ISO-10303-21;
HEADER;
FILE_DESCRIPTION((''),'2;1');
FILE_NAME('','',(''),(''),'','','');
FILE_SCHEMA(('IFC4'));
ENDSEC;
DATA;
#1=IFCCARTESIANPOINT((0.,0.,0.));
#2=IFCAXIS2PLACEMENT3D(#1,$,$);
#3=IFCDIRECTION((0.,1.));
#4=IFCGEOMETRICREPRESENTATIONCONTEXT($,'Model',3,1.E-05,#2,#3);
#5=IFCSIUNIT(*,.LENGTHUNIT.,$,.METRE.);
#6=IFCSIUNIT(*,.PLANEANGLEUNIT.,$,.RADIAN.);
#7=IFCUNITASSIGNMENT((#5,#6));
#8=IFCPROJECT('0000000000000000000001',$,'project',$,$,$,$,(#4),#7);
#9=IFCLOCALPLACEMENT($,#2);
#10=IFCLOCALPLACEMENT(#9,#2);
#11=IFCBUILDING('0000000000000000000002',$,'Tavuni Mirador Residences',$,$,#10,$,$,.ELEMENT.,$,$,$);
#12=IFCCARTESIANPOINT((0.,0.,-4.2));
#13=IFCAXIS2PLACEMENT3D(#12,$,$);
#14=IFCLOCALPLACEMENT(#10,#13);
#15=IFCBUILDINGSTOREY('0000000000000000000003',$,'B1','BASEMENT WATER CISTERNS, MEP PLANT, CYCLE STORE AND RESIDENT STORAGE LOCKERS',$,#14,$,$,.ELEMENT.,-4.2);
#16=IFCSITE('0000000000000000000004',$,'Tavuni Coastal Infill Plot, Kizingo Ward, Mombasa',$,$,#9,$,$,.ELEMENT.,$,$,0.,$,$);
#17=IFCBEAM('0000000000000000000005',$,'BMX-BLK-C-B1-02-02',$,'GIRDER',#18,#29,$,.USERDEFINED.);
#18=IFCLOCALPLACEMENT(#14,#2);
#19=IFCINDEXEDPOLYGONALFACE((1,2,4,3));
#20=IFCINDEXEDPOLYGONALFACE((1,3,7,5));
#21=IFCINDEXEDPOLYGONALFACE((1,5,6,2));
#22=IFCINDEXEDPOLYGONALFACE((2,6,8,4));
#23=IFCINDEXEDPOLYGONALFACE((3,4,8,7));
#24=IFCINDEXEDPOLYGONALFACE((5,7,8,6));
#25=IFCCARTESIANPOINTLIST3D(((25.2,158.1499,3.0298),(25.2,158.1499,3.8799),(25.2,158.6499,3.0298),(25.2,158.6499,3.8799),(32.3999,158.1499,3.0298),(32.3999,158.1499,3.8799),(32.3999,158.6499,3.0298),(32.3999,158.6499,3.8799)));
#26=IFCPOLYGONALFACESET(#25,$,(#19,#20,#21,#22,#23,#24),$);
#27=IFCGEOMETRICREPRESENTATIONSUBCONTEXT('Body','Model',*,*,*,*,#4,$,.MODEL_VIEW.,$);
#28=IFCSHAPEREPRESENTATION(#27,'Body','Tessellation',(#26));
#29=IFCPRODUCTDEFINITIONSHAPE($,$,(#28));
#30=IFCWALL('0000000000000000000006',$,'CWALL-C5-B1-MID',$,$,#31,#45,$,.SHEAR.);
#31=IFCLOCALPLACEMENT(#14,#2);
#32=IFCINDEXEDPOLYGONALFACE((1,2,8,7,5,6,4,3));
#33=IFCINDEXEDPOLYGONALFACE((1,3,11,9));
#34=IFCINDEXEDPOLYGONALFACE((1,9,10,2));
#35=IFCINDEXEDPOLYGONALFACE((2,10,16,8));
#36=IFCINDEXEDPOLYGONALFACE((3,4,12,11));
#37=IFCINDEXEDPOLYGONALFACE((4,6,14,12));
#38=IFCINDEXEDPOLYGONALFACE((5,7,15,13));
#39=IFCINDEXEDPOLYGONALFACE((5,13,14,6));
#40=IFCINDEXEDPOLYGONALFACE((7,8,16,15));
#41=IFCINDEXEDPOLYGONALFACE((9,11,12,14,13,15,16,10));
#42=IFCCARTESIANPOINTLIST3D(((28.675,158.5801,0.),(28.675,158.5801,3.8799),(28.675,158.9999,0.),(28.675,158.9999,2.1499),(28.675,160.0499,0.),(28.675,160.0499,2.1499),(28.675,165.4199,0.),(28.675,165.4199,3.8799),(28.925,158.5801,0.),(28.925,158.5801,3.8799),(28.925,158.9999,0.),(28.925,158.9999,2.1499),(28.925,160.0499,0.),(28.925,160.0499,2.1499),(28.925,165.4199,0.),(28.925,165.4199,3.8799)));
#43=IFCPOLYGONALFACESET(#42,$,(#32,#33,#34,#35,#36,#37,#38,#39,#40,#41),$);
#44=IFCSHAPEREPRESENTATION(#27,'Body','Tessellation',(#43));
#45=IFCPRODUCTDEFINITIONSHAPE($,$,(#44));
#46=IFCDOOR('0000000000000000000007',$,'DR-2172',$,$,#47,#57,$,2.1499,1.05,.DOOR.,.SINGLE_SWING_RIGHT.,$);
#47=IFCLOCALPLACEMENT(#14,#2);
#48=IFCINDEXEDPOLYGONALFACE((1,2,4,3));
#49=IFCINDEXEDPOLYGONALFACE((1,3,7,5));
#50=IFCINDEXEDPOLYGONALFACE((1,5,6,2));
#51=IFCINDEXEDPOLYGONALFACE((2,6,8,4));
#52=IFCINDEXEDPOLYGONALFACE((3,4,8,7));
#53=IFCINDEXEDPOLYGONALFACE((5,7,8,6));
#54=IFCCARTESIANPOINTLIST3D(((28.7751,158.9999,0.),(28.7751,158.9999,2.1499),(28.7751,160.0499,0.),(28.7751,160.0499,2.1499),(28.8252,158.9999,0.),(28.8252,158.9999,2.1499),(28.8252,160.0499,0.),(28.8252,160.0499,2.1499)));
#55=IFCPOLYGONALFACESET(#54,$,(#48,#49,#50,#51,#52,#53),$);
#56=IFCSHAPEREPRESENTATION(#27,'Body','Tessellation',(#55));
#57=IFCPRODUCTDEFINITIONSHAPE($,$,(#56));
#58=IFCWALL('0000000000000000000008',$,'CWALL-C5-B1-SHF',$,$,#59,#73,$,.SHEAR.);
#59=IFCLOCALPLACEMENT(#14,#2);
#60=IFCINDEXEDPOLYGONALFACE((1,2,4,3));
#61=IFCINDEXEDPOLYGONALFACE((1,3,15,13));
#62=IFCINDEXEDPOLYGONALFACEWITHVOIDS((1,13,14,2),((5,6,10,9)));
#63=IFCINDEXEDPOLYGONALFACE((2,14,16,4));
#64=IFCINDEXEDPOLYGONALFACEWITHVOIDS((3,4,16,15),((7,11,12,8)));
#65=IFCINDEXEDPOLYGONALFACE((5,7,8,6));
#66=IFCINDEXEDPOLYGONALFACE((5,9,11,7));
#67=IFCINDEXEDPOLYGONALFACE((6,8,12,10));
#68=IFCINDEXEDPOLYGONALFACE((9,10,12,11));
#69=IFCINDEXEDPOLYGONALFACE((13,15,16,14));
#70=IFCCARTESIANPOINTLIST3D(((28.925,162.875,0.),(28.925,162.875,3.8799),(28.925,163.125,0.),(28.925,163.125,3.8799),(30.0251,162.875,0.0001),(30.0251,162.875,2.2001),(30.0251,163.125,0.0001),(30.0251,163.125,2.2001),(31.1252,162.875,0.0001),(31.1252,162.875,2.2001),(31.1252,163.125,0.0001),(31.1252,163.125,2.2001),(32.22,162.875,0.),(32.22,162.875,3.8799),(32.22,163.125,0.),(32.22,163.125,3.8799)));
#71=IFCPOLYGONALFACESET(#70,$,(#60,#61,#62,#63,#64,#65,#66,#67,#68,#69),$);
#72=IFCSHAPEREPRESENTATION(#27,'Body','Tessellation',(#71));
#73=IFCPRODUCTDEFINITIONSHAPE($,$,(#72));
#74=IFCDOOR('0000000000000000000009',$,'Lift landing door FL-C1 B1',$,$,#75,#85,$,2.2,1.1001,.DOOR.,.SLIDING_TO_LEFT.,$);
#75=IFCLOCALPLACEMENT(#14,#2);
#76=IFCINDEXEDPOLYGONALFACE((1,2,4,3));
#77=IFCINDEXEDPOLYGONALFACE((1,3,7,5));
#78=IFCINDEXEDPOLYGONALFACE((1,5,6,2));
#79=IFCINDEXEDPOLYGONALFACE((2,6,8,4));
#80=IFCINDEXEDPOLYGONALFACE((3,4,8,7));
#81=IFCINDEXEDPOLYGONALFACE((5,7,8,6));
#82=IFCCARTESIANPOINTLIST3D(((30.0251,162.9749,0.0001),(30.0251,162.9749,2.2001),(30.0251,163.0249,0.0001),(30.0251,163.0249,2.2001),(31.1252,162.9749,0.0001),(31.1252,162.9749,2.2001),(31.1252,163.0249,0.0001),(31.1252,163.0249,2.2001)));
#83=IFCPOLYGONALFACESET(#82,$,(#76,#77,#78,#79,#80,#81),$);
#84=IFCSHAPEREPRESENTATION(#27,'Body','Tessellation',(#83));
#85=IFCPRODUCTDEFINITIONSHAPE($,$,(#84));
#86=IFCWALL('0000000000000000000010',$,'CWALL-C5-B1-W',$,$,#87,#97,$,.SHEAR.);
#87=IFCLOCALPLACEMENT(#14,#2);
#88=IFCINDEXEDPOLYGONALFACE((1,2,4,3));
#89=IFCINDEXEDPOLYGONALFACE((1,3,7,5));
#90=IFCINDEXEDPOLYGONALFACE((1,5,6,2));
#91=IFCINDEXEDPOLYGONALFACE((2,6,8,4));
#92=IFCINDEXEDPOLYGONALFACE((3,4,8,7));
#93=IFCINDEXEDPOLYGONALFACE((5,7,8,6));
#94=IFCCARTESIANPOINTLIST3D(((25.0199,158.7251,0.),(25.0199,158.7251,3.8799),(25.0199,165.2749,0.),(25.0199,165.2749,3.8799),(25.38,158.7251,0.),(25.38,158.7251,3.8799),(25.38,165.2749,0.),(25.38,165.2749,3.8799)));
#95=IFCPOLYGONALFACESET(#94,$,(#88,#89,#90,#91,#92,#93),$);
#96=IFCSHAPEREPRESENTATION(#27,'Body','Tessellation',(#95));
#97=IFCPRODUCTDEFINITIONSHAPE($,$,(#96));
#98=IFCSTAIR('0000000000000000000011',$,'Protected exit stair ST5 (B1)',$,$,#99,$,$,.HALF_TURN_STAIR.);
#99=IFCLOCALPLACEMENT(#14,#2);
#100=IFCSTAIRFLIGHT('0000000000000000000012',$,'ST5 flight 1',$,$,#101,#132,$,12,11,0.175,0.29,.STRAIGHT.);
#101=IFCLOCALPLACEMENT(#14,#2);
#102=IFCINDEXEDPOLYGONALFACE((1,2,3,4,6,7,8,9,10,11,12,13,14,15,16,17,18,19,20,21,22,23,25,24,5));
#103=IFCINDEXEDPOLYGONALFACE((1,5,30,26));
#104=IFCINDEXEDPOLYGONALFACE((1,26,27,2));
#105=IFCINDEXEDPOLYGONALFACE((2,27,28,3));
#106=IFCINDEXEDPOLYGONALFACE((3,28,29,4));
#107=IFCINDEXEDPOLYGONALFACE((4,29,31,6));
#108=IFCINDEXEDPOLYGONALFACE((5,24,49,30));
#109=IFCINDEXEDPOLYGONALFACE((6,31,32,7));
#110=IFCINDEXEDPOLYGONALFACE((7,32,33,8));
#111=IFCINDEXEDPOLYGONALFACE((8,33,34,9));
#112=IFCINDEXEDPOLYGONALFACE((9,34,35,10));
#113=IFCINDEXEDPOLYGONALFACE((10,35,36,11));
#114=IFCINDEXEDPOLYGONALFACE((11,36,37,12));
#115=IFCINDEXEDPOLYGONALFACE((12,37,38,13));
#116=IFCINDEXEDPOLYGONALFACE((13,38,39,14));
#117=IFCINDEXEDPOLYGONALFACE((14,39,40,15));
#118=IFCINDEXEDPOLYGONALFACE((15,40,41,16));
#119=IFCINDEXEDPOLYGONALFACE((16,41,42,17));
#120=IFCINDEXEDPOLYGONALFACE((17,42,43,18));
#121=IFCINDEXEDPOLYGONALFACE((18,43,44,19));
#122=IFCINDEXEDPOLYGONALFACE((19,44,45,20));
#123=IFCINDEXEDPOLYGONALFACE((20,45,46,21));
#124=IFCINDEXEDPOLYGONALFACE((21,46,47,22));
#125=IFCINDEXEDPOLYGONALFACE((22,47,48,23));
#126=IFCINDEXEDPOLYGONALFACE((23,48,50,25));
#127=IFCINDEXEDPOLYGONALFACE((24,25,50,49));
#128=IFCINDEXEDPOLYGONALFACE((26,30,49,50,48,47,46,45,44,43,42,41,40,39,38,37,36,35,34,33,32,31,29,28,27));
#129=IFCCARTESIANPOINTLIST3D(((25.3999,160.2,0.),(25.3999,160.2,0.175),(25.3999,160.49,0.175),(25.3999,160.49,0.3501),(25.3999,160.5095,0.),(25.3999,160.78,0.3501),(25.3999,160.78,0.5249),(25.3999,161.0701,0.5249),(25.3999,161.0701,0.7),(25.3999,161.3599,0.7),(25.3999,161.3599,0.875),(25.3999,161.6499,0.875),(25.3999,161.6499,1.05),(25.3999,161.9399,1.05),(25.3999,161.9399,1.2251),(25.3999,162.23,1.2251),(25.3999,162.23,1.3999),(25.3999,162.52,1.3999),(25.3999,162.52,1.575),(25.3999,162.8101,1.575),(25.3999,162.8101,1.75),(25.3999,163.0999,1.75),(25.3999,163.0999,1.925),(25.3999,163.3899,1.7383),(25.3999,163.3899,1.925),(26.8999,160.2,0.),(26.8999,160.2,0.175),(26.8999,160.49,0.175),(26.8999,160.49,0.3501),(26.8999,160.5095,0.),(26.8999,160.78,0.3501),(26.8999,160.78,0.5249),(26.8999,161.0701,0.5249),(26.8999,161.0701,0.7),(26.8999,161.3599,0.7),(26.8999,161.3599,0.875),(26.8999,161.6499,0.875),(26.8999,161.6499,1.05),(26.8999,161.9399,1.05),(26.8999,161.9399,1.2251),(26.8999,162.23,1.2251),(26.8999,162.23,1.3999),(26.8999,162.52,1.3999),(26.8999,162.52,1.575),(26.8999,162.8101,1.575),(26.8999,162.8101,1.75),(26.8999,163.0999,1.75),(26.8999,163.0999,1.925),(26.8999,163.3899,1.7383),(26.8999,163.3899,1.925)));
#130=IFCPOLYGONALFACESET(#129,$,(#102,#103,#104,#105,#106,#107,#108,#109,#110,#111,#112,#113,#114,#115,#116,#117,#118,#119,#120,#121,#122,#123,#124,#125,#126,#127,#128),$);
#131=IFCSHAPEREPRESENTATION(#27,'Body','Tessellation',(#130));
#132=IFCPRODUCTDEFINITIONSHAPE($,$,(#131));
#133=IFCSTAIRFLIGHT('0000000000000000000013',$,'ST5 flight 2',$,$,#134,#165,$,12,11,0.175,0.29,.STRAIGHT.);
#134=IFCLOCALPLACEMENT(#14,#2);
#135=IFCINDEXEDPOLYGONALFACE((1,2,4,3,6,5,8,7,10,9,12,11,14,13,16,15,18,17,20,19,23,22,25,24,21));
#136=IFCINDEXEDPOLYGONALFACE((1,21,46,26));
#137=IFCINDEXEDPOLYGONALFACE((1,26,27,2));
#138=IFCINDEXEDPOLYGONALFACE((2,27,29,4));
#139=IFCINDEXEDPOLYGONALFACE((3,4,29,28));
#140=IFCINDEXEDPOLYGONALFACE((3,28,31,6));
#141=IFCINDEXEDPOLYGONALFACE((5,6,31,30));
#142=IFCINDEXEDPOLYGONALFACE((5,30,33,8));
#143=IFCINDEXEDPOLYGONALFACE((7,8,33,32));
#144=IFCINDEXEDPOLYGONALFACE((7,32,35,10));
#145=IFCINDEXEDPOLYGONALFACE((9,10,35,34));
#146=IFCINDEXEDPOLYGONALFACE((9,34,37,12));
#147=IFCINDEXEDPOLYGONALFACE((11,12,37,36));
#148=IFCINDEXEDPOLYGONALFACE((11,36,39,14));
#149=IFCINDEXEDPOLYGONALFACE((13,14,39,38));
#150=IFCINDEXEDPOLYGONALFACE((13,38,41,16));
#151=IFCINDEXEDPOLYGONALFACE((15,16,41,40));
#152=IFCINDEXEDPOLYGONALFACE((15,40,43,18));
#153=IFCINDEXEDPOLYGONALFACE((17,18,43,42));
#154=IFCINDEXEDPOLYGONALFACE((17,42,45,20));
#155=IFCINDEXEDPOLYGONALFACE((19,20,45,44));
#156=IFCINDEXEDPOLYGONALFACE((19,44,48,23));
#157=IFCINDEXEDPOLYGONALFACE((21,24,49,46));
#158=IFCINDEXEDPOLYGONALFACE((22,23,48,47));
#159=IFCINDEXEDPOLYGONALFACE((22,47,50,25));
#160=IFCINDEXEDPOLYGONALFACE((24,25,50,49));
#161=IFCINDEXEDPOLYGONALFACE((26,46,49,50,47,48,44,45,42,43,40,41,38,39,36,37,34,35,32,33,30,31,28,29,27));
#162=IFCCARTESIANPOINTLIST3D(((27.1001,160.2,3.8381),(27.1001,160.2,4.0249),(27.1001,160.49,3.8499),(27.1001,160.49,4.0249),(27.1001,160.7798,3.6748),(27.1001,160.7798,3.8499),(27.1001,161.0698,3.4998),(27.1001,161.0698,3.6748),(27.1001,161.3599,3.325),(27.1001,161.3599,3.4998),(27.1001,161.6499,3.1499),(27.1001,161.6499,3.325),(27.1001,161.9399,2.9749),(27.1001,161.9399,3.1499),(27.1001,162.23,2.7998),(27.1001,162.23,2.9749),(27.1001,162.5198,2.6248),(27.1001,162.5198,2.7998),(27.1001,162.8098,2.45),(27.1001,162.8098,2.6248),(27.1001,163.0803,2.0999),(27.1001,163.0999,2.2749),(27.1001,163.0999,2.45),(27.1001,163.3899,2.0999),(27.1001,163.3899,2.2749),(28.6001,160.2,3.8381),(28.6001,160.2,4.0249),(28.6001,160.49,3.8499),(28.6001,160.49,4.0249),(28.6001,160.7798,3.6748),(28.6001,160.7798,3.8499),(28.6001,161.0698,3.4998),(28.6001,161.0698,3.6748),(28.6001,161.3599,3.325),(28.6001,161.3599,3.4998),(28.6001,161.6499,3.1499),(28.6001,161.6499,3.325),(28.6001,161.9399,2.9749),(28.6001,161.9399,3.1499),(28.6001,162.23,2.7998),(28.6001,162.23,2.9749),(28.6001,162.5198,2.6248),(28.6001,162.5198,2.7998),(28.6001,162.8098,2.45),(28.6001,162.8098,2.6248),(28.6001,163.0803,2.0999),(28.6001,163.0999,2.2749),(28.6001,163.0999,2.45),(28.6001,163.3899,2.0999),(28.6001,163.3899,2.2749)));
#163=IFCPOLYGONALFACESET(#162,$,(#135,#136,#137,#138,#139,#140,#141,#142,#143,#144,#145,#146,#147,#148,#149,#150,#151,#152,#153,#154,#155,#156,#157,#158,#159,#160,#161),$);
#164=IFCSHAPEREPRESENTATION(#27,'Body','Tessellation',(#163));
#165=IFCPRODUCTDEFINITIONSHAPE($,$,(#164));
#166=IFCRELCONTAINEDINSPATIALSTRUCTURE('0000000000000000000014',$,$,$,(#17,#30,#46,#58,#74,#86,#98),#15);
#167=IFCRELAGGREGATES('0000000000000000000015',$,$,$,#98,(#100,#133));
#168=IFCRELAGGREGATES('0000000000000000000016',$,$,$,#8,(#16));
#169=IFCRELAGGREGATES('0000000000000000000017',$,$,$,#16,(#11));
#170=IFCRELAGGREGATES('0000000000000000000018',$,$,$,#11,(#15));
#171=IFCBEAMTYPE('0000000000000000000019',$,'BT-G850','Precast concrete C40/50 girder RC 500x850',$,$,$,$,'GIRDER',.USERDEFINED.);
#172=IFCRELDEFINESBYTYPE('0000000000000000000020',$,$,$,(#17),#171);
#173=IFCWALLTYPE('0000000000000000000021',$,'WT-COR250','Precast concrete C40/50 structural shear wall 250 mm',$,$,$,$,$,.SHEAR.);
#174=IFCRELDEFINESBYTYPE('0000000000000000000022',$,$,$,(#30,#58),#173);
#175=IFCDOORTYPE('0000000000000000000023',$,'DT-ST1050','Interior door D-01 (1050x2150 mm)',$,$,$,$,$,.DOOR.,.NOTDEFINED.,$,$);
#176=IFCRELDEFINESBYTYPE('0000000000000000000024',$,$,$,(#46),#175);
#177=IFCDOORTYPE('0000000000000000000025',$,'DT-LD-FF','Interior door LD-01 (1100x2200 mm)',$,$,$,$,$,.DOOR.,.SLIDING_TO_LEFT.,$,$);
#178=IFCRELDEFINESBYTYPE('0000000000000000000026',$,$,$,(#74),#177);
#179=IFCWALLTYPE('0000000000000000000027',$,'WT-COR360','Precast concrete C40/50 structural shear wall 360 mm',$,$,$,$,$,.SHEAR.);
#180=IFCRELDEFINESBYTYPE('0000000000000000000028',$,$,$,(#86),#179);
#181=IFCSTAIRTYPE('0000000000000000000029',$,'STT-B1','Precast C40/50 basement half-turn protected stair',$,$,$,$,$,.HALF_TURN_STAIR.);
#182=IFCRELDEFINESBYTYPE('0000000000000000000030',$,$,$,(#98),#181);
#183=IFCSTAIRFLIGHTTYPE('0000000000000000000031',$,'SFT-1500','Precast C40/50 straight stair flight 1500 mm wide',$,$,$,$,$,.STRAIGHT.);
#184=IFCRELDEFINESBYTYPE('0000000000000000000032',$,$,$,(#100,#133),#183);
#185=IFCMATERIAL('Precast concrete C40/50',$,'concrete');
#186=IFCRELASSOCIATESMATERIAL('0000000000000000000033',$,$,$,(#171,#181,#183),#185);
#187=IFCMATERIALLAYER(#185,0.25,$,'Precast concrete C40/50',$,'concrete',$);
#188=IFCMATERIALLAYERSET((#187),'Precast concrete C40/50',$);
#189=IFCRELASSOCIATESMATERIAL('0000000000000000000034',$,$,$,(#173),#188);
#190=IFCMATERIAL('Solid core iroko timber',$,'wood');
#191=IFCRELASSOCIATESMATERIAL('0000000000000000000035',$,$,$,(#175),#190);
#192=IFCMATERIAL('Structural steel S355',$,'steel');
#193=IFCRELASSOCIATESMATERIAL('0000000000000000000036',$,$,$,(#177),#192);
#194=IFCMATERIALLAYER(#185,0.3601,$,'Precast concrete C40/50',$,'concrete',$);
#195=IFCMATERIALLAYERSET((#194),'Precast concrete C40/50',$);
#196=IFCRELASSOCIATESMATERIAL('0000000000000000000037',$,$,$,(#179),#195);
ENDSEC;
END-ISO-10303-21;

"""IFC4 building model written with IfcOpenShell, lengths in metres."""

from ifc_helpers import new_model, si_unit, direction, frame, frame_2d, origin, origin_2d, place, context, subcontext, project, spatial, polyline, rectangle, outline, extrude, material, layer, layer_set, material_profile, profile_set, type_object, element, fill, aggregate, save


model = new_model("IFC4")

# Units and contexts
model_context = context("Model", 3, precision=1e-05, world=origin(), true_north=direction((0.0, 1.0)))
body_context = subcontext(model_context, "Body", "Model", "MODEL_VIEW")
ifc_project = project(units=[si_unit("LENGTHUNIT", "METRE"), si_unit("PLANEANGLEUNIT", "RADIAN")], contexts=[model_context])

# Site, building, storey
site_placement = place(None, origin())
site = spatial("IfcSite", under=ifc_project, at=site_placement, Name="Tavuni Coastal Infill Plot, Kizingo Ward, Mombasa", CompositionType="ELEMENT", RefElevation=0.0)
building_placement = place(site_placement, origin())
building = spatial("IfcBuilding", under=site, at=building_placement, Name="Tavuni Mirador Residences", CompositionType="ELEMENT")
storey_placement = place(building_placement, frame((0.0, 0.0, -4.2)))
storey = spatial("IfcBuildingStorey", under=building, at=storey_placement, Name="B1", Description="BASEMENT WATER CISTERNS, MEP PLANT, CYCLE STORE AND RESIDENT STORAGE LOCKERS", CompositionType="ELEMENT", Elevation=-4.2)

# Beam
ifc_material_1 = material(Name="Precast concrete C40/50", Category="concrete")
ifc_material_profile_1 = material_profile(ifc_material_1, rectangle(XDim=0.5, YDim=0.8501, at=origin_2d()), Name="RC 500x850", Category="concrete")
ifc_profile_set_1 = profile_set([ifc_material_profile_1], Name="Precast concrete C40/50")
beam_type_1 = type_object("IfcBeamType", Name="BT-G850", Description="Precast concrete C40/50 girder RC 500x850", ElementType="GIRDER", PredefinedType="USERDEFINED", material=ifc_profile_set_1)
beam_1_placement = place(storey_placement, frame((25.2, 158.3999, 3.4548), z_axis=(1.0, 0.0, 0.0), x_axis=(0.0, 1.0, 0.0)))
element("IfcBeam", 1, at=beam_1_placement, inside=storey, type_object=beam_type_1, Name="BMX-BLK-C-B1-02-02", ObjectType="GIRDER", PredefinedType="USERDEFINED", context=body_context, shape_type="SweptSolid", body=[
    extrude(rectangle(XDim=0.5, YDim=0.8501, at=origin_2d()), origin(), (0.0, 0.0, 1.0), 7.2),
])

# Walls, openings, doors
ifc_layer_1 = layer(ifc_material_1, 0.25, Name="Precast concrete C40/50", Category="concrete")
ifc_layer_set_1 = layer_set([ifc_layer_1], Name="Precast concrete C40/50")
wall_type_1 = type_object("IfcWallType", Name="WT-COR250", Description="Precast concrete C40/50 structural shear wall 250 mm", PredefinedType="SHEAR", material=ifc_layer_set_1)
wall_1_placement = place(storey_placement, frame((28.8, 158.5801, 0.0), z_axis=(0.0, 0.0, 1.0), x_axis=(0.0, 1.0, 0.0)))
wall_1 = element("IfcWall", 2, at=wall_1_placement, inside=storey, type_object=wall_type_1, Name="CWALL-C5-B1-MID", PredefinedType="SHEAR", context=body_context, shape_type="SweptSolid", body=[
    extrude(rectangle(XDim=6.8398, YDim=0.25, at=frame_2d((3.4199, 0.0))), origin(), (0.0, 0.0, 1.0), 3.8799),
])
opening_1_placement = place(wall_1_placement, frame((0.4199, 0.0, 0.0)))
opening_1 = element("IfcOpeningElement", 3, at=opening_1_placement, cuts=wall_1, PredefinedType="OPENING", context=body_context, shape_type="SweptSolid", body=[
    extrude(rectangle(XDim=1.05, YDim=2.1499, at=frame_2d((0.5249, 1.075))), frame((0.0, 0.135, 0.0), z_axis=(0.0, -1.0, 0.0), x_axis=(1.0, 0.0, 0.0)), (0.0, 0.0, 1.0), 0.27),
])
ifc_material_2 = material(Name="Solid core iroko timber", Category="wood")
door_type_1 = type_object("IfcDoorType", Name="DT-ST1050", Description="Interior door D-01 (1050x2150 mm)", OperationType="NOTDEFINED", PredefinedType="DOOR", material=ifc_material_2)
door_1_placement = place(opening_1_placement, origin())
door_1 = element("IfcDoor", 4, at=door_1_placement, inside=storey, type_object=door_type_1, Name="DR-2172", OperationType="SINGLE_SWING_RIGHT", OverallHeight=2.1499, OverallWidth=1.05, PredefinedType="DOOR", context=body_context, shape_type="SweptSolid", body=[
    extrude(rectangle(XDim=1.05, YDim=2.1499, at=frame_2d((0.5249, 1.075))), frame((0.0, 0.0249, 0.0), z_axis=(0.0, -1.0, 0.0), x_axis=(1.0, 0.0, 0.0)), (0.0, 0.0, 1.0), 0.05),
])
fill(opening_1, door_1)
wall_2_placement = place(storey_placement, frame((28.925, 163.0, 0.0), z_axis=(0.0, 0.0, 1.0), x_axis=(1.0, 0.0, 0.0)))
wall_2 = element("IfcWall", 5, at=wall_2_placement, inside=storey, type_object=wall_type_1, Name="CWALL-C5-B1-SHF", PredefinedType="SHEAR", context=body_context, shape_type="SweptSolid", body=[
    extrude(rectangle(XDim=3.2949, YDim=0.25, at=frame_2d((1.6475, 0.0))), origin(), (0.0, 0.0, 1.0), 3.8799),
])
opening_2_placement = place(wall_2_placement, frame((1.1001, 0.0, 0.0)))
opening_2 = element("IfcOpeningElement", 6, at=opening_2_placement, cuts=wall_2, PredefinedType="OPENING", context=body_context, shape_type="SweptSolid", body=[
    extrude(rectangle(XDim=1.1001, YDim=2.2, at=frame_2d((0.55, 1.1001))), frame((0.0, 0.135, 0.0), z_axis=(0.0, -1.0, 0.0), x_axis=(1.0, 0.0, 0.0)), (0.0, 0.0, 1.0), 0.27),
])
ifc_material_3 = material(Name="Structural steel S355", Category="steel")
door_type_2 = type_object("IfcDoorType", Name="DT-LD-FF", Description="Interior door LD-01 (1100x2200 mm)", OperationType="SLIDING_TO_LEFT", PredefinedType="DOOR", material=ifc_material_3)
door_2_placement = place(opening_2_placement, origin())
door_2 = element("IfcDoor", 7, at=door_2_placement, inside=storey, type_object=door_type_2, Name="Lift landing door FL-C1 B1", OperationType="SLIDING_TO_LEFT", OverallHeight=2.2, OverallWidth=1.1001, PredefinedType="DOOR", context=body_context, shape_type="SweptSolid", body=[
    extrude(rectangle(XDim=1.1001, YDim=2.2, at=frame_2d((0.55, 1.1001))), frame((0.0, 0.0249, 0.0), z_axis=(0.0, -1.0, 0.0), x_axis=(1.0, 0.0, 0.0)), (0.0, 0.0, 1.0), 0.05),
])
fill(opening_2, door_2)

# Wall
ifc_layer_2 = layer(ifc_material_1, 0.3601, Name="Precast concrete C40/50", Category="concrete")
ifc_layer_set_2 = layer_set([ifc_layer_2], Name="Precast concrete C40/50")
wall_type_2 = type_object("IfcWallType", Name="WT-COR360", Description="Precast concrete C40/50 structural shear wall 360 mm", PredefinedType="SHEAR", material=ifc_layer_set_2)
wall_3_placement = place(storey_placement, frame((25.2, 158.7251, 0.0), z_axis=(0.0, 0.0, 1.0), x_axis=(0.0, 1.0, 0.0)))
element("IfcWall", 8, at=wall_3_placement, inside=storey, type_object=wall_type_2, Name="CWALL-C5-B1-W", PredefinedType="SHEAR", context=body_context, shape_type="SweptSolid", body=[
    extrude(rectangle(XDim=6.5498, YDim=0.3601, at=frame_2d((3.2749, 0.0))), origin(), (0.0, 0.0, 1.0), 3.8799),
])

# Stair, stair flights
stair_type = type_object("IfcStairType", Name="STT-B1", Description="Precast C40/50 basement half-turn protected stair", PredefinedType="HALF_TURN_STAIR", material=ifc_material_1)
stair_placement = place(storey_placement, origin())
stair = element("IfcStair", 9, at=stair_placement, inside=storey, type_object=stair_type, Name="Protected exit stair ST5 (B1)", PredefinedType="HALF_TURN_STAIR")
stair_flight_type = type_object("IfcStairFlightType", Name="SFT-1500", Description="Precast C40/50 straight stair flight 1500 mm wide", PredefinedType="STRAIGHT", material=ifc_material_1)
stair_flight_1_placement = place(storey_placement, frame((26.1499, 160.2, 0.0), z_axis=(0.0, 0.0, 1.0), x_axis=(0.0, 1.0, 0.0)))
stair_flight_1 = element("IfcStairFlight", 10, at=stair_flight_1_placement, type_object=stair_flight_type, Name="ST5 flight 1", NumberOfRisers=12, NumberOfTreads=11, PredefinedType="STRAIGHT", RiserHeight=0.175, TreadLength=0.29, context=body_context, shape_type="SweptSolid", body=[
    extrude(outline(polyline([(0.0, 0.0), (0.0, 0.175), (0.29, 0.175), (0.29, 0.3501), (0.5801, 0.3501), (0.5801, 0.5249), (0.8701, 0.5249), (0.8701, 0.7), (1.1599, 0.7), (1.1599, 0.875), (1.45, 0.875), (1.45, 1.05), (1.74, 1.05), (1.74, 1.2251), (2.03, 1.2251), (2.03, 1.3999), (2.3201, 1.3999), (2.3201, 1.575), (2.6101, 1.575), (2.6101, 1.75), (2.8999, 1.75), (2.8999, 1.925), (3.1899, 1.925), (3.1899, 2.1001), (3.1899, 1.7383), (0.3096, 0.0), (0.0, 0.0)])), frame((0.0, 0.75, 0.0), z_axis=(0.0, -1.0, 0.0), x_axis=(1.0, 0.0, 0.0)), (0.0, 0.0, 1.0), 1.5),
])
stair_flight_2_placement = place(storey_placement, frame((27.8501, 163.3899, 2.0999), z_axis=(0.0, 0.0, 1.0), x_axis=(0.0, -1.0, 0.0)))
stair_flight_2 = element("IfcStairFlight", 11, at=stair_flight_2_placement, type_object=stair_flight_type, Name="ST5 flight 2", NumberOfRisers=12, NumberOfTreads=11, PredefinedType="STRAIGHT", RiserHeight=0.175, TreadLength=0.29, context=body_context, shape_type="SweptSolid", body=[
    extrude(outline(polyline([(0.0, 0.0), (0.0, 0.175), (0.29, 0.175), (0.29, 0.3501), (0.5801, 0.3501), (0.5801, 0.5249), (0.8701, 0.5249), (0.8701, 0.7), (1.1599, 0.7), (1.1599, 0.875), (1.45, 0.875), (1.45, 1.05), (1.74, 1.05), (1.74, 1.2251), (2.03, 1.2251), (2.03, 1.3999), (2.3201, 1.3999), (2.3201, 1.575), (2.6101, 1.575), (2.6101, 1.75), (2.8999, 1.75), (2.8999, 1.925), (3.1899, 1.925), (3.1899, 2.1001), (3.1899, 1.7383), (0.3096, 0.0), (0.0, 0.0)])), frame((0.0, 0.75, 0.0), z_axis=(0.0, -1.0, 0.0), x_axis=(1.0, 0.0, 0.0)), (0.0, 0.0, 1.0), 1.5),
])
aggregate(stair, [stair_flight_1, stair_flight_2])

save(model, "model.ifc")
